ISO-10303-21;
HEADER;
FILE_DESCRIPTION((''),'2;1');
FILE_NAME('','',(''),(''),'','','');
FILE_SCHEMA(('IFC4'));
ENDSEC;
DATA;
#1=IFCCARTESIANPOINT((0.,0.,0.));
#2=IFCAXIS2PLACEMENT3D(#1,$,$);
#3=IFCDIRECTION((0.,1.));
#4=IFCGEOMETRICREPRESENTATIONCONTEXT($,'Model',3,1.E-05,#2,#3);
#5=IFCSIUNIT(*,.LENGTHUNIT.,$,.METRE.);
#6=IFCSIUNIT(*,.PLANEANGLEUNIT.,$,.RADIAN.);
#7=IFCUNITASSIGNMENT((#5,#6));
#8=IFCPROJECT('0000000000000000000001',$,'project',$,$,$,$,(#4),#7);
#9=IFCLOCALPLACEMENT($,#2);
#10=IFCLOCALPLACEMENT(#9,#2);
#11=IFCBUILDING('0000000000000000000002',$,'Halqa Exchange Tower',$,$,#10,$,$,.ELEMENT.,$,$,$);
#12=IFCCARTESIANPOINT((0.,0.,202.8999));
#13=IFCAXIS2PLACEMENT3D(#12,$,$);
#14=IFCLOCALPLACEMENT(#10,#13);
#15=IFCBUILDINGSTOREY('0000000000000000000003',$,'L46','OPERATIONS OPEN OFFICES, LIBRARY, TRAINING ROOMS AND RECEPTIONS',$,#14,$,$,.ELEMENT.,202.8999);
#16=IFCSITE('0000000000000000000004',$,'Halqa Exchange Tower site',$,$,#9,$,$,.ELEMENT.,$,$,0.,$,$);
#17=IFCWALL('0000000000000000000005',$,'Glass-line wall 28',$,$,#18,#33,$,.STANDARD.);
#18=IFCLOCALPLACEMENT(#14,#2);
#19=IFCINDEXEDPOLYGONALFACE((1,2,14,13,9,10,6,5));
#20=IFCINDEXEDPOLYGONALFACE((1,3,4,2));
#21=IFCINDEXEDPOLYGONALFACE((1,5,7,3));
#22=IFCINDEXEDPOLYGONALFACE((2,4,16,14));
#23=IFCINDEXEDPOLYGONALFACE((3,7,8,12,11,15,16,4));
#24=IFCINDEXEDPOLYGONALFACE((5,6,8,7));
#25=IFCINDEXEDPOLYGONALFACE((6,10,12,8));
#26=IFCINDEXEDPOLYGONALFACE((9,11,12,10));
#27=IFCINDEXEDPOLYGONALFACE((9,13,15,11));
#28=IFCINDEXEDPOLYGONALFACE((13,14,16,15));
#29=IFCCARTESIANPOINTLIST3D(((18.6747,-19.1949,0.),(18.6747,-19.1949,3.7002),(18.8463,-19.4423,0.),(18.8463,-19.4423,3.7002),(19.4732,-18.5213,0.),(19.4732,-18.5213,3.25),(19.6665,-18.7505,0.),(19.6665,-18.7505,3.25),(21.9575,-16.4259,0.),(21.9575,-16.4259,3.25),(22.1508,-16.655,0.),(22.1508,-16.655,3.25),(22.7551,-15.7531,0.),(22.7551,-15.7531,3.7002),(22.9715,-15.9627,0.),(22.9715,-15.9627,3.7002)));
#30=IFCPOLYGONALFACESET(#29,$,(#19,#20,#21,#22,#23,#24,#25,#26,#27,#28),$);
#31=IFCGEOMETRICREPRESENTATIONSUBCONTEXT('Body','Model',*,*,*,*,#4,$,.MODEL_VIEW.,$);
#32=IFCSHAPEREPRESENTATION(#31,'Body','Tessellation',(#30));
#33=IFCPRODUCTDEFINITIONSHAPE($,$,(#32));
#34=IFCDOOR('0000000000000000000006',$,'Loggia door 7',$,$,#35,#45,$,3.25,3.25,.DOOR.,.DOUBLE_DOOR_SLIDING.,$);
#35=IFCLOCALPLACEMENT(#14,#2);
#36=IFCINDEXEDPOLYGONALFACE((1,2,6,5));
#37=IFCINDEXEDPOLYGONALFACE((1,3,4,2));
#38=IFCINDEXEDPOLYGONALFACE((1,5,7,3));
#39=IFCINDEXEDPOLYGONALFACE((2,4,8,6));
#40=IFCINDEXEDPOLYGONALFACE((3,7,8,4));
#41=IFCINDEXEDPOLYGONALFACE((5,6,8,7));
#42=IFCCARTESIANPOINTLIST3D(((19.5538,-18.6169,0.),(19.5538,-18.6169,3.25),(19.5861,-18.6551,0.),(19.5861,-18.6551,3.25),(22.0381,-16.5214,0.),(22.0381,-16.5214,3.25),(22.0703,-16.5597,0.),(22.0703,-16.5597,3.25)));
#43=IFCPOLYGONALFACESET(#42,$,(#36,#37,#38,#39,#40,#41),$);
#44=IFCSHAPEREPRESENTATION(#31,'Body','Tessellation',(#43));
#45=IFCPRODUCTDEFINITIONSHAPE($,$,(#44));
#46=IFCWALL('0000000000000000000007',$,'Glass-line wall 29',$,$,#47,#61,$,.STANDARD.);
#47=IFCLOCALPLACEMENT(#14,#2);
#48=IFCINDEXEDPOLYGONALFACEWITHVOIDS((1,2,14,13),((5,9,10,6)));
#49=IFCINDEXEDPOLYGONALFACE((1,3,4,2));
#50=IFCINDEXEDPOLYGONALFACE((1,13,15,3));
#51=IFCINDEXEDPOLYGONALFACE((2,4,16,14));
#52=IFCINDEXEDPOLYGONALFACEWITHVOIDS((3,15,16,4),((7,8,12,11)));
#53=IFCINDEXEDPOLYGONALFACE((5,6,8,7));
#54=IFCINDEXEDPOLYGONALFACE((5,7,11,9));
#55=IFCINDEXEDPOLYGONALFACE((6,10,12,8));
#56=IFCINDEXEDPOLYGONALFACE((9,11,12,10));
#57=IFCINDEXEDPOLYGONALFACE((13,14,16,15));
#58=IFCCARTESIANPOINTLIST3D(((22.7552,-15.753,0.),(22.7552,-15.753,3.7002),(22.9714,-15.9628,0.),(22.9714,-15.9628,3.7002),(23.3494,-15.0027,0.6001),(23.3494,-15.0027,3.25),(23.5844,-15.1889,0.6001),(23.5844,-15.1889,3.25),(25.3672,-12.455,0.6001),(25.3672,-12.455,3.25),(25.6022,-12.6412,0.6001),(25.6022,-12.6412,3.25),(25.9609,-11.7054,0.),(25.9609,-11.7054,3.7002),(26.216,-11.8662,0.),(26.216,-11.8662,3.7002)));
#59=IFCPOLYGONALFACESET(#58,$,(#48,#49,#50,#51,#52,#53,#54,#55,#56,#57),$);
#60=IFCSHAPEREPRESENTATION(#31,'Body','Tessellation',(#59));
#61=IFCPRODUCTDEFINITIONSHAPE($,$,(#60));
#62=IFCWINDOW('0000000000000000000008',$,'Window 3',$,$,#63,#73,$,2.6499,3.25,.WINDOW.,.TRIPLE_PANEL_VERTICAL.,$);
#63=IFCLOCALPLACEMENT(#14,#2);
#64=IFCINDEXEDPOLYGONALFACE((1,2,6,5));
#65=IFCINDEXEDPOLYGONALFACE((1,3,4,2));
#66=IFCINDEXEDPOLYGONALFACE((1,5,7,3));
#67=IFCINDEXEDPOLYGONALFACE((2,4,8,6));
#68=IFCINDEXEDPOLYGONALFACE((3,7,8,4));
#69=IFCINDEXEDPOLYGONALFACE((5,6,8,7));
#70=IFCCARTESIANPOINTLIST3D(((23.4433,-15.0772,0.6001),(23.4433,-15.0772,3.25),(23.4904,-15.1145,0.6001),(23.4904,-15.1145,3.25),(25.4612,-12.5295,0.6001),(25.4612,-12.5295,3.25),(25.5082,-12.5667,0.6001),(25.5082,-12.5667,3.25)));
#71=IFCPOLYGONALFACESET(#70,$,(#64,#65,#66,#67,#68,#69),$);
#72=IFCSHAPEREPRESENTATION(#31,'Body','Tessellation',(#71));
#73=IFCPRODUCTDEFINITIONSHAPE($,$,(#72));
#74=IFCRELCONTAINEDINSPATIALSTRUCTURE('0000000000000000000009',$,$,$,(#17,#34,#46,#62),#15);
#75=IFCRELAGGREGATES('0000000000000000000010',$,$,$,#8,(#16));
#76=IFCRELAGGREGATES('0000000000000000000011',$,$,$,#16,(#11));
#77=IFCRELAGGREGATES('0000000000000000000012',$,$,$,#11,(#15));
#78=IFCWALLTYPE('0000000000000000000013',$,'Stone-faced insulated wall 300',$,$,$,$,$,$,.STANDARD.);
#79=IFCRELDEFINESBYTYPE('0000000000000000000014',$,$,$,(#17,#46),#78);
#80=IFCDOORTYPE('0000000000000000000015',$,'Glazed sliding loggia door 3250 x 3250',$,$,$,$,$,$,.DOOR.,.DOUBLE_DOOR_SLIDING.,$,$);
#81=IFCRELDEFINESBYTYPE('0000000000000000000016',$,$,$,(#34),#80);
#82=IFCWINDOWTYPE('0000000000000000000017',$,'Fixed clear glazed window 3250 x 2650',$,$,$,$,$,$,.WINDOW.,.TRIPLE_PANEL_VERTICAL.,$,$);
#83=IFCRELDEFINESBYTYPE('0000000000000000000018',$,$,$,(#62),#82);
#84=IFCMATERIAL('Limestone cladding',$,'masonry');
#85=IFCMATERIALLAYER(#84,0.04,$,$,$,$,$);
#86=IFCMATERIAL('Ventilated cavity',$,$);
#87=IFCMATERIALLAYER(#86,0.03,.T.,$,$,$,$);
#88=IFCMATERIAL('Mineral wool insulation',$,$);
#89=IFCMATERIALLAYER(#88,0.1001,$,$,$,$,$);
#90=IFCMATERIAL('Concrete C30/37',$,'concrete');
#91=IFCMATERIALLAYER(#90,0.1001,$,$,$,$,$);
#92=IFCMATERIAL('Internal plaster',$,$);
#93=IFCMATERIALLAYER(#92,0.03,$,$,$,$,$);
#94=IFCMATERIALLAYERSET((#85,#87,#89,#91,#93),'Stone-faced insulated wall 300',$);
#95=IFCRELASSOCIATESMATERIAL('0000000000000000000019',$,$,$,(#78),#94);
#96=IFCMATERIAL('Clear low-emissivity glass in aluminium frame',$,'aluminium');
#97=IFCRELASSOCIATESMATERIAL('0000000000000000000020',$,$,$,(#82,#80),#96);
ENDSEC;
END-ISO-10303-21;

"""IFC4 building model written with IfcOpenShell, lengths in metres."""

from ifc_helpers import new_model, si_unit, direction, frame, frame_2d, origin, place, context, subcontext, project, spatial, polyline, rectangle, outline, extrude, material, layer, layer_set, type_object, element, fill, save


model = new_model("IFC4")

# Units and contexts
model_context = context("Model", 3, precision=1e-05, world=origin(), true_north=direction((0.0, 1.0)))
body_context = subcontext(model_context, "Body", "Model", "MODEL_VIEW")
ifc_project = project(units=[si_unit("LENGTHUNIT", "METRE"), si_unit("PLANEANGLEUNIT", "RADIAN")], contexts=[model_context])

# Site, building, storey
site_placement = place(None, origin())
site = spatial("IfcSite", under=ifc_project, at=site_placement, Name="Halqa Exchange Tower site", CompositionType="ELEMENT", RefElevation=0.0)
building_placement = place(site_placement, origin())
building = spatial("IfcBuilding", under=site, at=building_placement, Name="Halqa Exchange Tower", CompositionType="ELEMENT")
storey_placement = place(building_placement, frame((0.0, 0.0, 202.8999)))
storey = spatial("IfcBuildingStorey", under=building, at=storey_placement, Name="L46", Description="OPERATIONS OPEN OFFICES, LIBRARY, TRAINING ROOMS AND RECEPTIONS", CompositionType="ELEMENT", Elevation=202.8999)

# Shared definitions
ifc_material_1 = material(Name="Limestone cladding", Category="masonry")
ifc_layer_1 = layer(ifc_material_1, 0.04)
ifc_material_2 = material(Name="Ventilated cavity")
ifc_layer_2 = layer(ifc_material_2, 0.03, ventilated=True)
ifc_material_3 = material(Name="Mineral wool insulation")
ifc_layer_3 = layer(ifc_material_3, 0.1001)
ifc_material_4 = material(Name="Concrete C30/37", Category="concrete")
ifc_layer_4 = layer(ifc_material_4, 0.1001)
ifc_material_5 = material(Name="Internal plaster")
ifc_layer_5 = layer(ifc_material_5, 0.03)
ifc_layer_set_1 = layer_set([ifc_layer_1, ifc_layer_2, ifc_layer_3, ifc_layer_4, ifc_layer_5], Name="Stone-faced insulated wall 300")
wall_type_1 = type_object("IfcWallType", Name="Stone-faced insulated wall 300", PredefinedType="STANDARD", material=ifc_layer_set_1)
ifc_material_6 = material(Name="Clear low-emissivity glass in aluminium frame", Category="aluminium")
window_type = type_object("IfcWindowType", Name="Fixed clear glazed window 3250 x 2650", PartitioningType="TRIPLE_PANEL_VERTICAL", PredefinedType="WINDOW", material=ifc_material_6)

# Wall, opening, door
wall_1_placement = place(storey_placement, frame((18.7605, -19.3186, 0.0), z_axis=(0.0, 0.0, 1.0), x_axis=(0.764386, 0.644759, 0.0)))
wall_1 = element("IfcWall", 1, at=wall_1_placement, inside=storey, type_object=wall_type_1, Name="Glass-line wall 28", PredefinedType="STANDARD", context=body_context, shape_type="SweptSolid", body=[
    extrude(outline(polyline([(-0.0142, -0.1499), (5.3826, -0.1499), (5.3523, 0.1499), (0.0142, 0.1499), (-0.0142, -0.1499)])), origin(), (0.0, 0.0, 1.0), 3.7002),
])
opening_1_placement = place(wall_1_placement, frame((1.0588, 0.0, 0.0)))
opening_1 = element("IfcOpeningElement", 2, at=opening_1_placement, cuts=wall_1, PredefinedType="OPENING", context=body_context, shape_type="SweptSolid", body=[
    extrude(rectangle(XDim=3.25, YDim=3.25, at=frame_2d((1.625, 1.625))), frame((0.0, 0.1621, 0.0), z_axis=(0.0, -1.0, 0.0), x_axis=(1.0, 0.0, 0.0)), (0.0, 0.0, 1.0), 0.324),
])
door_type = type_object("IfcDoorType", Name="Glazed sliding loggia door 3250 x 3250", OperationType="DOUBLE_DOOR_SLIDING", PredefinedType="DOOR", material=ifc_material_6)
door_placement = place(opening_1_placement, origin())
door = element("IfcDoor", 3, at=door_placement, inside=storey, type_object=door_type, Name="Loggia door 7", OperationType="DOUBLE_DOOR_SLIDING", OverallHeight=3.25, OverallWidth=3.25, PredefinedType="DOOR", context=body_context, shape_type="SweptSolid", body=[
    extrude(rectangle(XDim=3.25, YDim=3.25, at=frame_2d((1.625, 1.625))), frame((0.0, 0.0249, 0.0), z_axis=(0.0, -1.0, 0.0), x_axis=(1.0, 0.0, 0.0)), (0.0, 0.0, 1.0), 0.05),
])
fill(opening_1, door)

# Wall, opening, window
wall_2_placement = place(storey_placement, frame((22.8633, -15.8579, 0.0), z_axis=(0.0, 0.0, 1.0), x_axis=(0.62087, 0.783913, 0.0)))
wall_2 = element("IfcWall", 4, at=wall_2_placement, inside=storey, type_object=wall_type_1, Name="Glass-line wall 29", PredefinedType="STANDARD", context=body_context, shape_type="SweptSolid", body=[
    extrude(outline(polyline([(-0.0151, -0.1499), (5.2107, -0.1499), (5.1785, 0.1499), (0.0151, 0.1499), (-0.0151, -0.1499)])), origin(), (0.0, 0.0, 1.0), 3.7002),
])
opening_2_placement = place(wall_2_placement, frame((0.9722, 0.0, 0.6001)))
opening_2 = element("IfcOpeningElement", 5, at=opening_2_placement, cuts=wall_2, PredefinedType="OPENING", context=body_context, shape_type="SweptSolid", body=[
    extrude(rectangle(XDim=3.25, YDim=2.6499, at=frame_2d((1.625, 1.325))), frame((0.0, 0.1621, 0.0), z_axis=(0.0, -1.0, 0.0), x_axis=(1.0, 0.0, 0.0)), (0.0, 0.0, 1.0), 0.324),
])
window_1_placement = place(opening_2_placement, origin())
window_1 = element("IfcWindow", 6, at=window_1_placement, inside=storey, type_object=window_type, Name="Window 3", OverallHeight=2.6499, OverallWidth=3.25, PartitioningType="TRIPLE_PANEL_VERTICAL", PredefinedType="WINDOW", context=body_context, shape_type="SweptSolid", body=[
    extrude(rectangle(XDim=3.25, YDim=2.6499, at=frame_2d((1.625, 1.325))), frame((0.0, 0.03, 0.0), z_axis=(0.0, -1.0, 0.0), x_axis=(1.0, 0.0, 0.0)), (0.0, 0.0, 1.0), 0.0601),
])
fill(opening_2, window_1)

save(model, "model.ifc")
